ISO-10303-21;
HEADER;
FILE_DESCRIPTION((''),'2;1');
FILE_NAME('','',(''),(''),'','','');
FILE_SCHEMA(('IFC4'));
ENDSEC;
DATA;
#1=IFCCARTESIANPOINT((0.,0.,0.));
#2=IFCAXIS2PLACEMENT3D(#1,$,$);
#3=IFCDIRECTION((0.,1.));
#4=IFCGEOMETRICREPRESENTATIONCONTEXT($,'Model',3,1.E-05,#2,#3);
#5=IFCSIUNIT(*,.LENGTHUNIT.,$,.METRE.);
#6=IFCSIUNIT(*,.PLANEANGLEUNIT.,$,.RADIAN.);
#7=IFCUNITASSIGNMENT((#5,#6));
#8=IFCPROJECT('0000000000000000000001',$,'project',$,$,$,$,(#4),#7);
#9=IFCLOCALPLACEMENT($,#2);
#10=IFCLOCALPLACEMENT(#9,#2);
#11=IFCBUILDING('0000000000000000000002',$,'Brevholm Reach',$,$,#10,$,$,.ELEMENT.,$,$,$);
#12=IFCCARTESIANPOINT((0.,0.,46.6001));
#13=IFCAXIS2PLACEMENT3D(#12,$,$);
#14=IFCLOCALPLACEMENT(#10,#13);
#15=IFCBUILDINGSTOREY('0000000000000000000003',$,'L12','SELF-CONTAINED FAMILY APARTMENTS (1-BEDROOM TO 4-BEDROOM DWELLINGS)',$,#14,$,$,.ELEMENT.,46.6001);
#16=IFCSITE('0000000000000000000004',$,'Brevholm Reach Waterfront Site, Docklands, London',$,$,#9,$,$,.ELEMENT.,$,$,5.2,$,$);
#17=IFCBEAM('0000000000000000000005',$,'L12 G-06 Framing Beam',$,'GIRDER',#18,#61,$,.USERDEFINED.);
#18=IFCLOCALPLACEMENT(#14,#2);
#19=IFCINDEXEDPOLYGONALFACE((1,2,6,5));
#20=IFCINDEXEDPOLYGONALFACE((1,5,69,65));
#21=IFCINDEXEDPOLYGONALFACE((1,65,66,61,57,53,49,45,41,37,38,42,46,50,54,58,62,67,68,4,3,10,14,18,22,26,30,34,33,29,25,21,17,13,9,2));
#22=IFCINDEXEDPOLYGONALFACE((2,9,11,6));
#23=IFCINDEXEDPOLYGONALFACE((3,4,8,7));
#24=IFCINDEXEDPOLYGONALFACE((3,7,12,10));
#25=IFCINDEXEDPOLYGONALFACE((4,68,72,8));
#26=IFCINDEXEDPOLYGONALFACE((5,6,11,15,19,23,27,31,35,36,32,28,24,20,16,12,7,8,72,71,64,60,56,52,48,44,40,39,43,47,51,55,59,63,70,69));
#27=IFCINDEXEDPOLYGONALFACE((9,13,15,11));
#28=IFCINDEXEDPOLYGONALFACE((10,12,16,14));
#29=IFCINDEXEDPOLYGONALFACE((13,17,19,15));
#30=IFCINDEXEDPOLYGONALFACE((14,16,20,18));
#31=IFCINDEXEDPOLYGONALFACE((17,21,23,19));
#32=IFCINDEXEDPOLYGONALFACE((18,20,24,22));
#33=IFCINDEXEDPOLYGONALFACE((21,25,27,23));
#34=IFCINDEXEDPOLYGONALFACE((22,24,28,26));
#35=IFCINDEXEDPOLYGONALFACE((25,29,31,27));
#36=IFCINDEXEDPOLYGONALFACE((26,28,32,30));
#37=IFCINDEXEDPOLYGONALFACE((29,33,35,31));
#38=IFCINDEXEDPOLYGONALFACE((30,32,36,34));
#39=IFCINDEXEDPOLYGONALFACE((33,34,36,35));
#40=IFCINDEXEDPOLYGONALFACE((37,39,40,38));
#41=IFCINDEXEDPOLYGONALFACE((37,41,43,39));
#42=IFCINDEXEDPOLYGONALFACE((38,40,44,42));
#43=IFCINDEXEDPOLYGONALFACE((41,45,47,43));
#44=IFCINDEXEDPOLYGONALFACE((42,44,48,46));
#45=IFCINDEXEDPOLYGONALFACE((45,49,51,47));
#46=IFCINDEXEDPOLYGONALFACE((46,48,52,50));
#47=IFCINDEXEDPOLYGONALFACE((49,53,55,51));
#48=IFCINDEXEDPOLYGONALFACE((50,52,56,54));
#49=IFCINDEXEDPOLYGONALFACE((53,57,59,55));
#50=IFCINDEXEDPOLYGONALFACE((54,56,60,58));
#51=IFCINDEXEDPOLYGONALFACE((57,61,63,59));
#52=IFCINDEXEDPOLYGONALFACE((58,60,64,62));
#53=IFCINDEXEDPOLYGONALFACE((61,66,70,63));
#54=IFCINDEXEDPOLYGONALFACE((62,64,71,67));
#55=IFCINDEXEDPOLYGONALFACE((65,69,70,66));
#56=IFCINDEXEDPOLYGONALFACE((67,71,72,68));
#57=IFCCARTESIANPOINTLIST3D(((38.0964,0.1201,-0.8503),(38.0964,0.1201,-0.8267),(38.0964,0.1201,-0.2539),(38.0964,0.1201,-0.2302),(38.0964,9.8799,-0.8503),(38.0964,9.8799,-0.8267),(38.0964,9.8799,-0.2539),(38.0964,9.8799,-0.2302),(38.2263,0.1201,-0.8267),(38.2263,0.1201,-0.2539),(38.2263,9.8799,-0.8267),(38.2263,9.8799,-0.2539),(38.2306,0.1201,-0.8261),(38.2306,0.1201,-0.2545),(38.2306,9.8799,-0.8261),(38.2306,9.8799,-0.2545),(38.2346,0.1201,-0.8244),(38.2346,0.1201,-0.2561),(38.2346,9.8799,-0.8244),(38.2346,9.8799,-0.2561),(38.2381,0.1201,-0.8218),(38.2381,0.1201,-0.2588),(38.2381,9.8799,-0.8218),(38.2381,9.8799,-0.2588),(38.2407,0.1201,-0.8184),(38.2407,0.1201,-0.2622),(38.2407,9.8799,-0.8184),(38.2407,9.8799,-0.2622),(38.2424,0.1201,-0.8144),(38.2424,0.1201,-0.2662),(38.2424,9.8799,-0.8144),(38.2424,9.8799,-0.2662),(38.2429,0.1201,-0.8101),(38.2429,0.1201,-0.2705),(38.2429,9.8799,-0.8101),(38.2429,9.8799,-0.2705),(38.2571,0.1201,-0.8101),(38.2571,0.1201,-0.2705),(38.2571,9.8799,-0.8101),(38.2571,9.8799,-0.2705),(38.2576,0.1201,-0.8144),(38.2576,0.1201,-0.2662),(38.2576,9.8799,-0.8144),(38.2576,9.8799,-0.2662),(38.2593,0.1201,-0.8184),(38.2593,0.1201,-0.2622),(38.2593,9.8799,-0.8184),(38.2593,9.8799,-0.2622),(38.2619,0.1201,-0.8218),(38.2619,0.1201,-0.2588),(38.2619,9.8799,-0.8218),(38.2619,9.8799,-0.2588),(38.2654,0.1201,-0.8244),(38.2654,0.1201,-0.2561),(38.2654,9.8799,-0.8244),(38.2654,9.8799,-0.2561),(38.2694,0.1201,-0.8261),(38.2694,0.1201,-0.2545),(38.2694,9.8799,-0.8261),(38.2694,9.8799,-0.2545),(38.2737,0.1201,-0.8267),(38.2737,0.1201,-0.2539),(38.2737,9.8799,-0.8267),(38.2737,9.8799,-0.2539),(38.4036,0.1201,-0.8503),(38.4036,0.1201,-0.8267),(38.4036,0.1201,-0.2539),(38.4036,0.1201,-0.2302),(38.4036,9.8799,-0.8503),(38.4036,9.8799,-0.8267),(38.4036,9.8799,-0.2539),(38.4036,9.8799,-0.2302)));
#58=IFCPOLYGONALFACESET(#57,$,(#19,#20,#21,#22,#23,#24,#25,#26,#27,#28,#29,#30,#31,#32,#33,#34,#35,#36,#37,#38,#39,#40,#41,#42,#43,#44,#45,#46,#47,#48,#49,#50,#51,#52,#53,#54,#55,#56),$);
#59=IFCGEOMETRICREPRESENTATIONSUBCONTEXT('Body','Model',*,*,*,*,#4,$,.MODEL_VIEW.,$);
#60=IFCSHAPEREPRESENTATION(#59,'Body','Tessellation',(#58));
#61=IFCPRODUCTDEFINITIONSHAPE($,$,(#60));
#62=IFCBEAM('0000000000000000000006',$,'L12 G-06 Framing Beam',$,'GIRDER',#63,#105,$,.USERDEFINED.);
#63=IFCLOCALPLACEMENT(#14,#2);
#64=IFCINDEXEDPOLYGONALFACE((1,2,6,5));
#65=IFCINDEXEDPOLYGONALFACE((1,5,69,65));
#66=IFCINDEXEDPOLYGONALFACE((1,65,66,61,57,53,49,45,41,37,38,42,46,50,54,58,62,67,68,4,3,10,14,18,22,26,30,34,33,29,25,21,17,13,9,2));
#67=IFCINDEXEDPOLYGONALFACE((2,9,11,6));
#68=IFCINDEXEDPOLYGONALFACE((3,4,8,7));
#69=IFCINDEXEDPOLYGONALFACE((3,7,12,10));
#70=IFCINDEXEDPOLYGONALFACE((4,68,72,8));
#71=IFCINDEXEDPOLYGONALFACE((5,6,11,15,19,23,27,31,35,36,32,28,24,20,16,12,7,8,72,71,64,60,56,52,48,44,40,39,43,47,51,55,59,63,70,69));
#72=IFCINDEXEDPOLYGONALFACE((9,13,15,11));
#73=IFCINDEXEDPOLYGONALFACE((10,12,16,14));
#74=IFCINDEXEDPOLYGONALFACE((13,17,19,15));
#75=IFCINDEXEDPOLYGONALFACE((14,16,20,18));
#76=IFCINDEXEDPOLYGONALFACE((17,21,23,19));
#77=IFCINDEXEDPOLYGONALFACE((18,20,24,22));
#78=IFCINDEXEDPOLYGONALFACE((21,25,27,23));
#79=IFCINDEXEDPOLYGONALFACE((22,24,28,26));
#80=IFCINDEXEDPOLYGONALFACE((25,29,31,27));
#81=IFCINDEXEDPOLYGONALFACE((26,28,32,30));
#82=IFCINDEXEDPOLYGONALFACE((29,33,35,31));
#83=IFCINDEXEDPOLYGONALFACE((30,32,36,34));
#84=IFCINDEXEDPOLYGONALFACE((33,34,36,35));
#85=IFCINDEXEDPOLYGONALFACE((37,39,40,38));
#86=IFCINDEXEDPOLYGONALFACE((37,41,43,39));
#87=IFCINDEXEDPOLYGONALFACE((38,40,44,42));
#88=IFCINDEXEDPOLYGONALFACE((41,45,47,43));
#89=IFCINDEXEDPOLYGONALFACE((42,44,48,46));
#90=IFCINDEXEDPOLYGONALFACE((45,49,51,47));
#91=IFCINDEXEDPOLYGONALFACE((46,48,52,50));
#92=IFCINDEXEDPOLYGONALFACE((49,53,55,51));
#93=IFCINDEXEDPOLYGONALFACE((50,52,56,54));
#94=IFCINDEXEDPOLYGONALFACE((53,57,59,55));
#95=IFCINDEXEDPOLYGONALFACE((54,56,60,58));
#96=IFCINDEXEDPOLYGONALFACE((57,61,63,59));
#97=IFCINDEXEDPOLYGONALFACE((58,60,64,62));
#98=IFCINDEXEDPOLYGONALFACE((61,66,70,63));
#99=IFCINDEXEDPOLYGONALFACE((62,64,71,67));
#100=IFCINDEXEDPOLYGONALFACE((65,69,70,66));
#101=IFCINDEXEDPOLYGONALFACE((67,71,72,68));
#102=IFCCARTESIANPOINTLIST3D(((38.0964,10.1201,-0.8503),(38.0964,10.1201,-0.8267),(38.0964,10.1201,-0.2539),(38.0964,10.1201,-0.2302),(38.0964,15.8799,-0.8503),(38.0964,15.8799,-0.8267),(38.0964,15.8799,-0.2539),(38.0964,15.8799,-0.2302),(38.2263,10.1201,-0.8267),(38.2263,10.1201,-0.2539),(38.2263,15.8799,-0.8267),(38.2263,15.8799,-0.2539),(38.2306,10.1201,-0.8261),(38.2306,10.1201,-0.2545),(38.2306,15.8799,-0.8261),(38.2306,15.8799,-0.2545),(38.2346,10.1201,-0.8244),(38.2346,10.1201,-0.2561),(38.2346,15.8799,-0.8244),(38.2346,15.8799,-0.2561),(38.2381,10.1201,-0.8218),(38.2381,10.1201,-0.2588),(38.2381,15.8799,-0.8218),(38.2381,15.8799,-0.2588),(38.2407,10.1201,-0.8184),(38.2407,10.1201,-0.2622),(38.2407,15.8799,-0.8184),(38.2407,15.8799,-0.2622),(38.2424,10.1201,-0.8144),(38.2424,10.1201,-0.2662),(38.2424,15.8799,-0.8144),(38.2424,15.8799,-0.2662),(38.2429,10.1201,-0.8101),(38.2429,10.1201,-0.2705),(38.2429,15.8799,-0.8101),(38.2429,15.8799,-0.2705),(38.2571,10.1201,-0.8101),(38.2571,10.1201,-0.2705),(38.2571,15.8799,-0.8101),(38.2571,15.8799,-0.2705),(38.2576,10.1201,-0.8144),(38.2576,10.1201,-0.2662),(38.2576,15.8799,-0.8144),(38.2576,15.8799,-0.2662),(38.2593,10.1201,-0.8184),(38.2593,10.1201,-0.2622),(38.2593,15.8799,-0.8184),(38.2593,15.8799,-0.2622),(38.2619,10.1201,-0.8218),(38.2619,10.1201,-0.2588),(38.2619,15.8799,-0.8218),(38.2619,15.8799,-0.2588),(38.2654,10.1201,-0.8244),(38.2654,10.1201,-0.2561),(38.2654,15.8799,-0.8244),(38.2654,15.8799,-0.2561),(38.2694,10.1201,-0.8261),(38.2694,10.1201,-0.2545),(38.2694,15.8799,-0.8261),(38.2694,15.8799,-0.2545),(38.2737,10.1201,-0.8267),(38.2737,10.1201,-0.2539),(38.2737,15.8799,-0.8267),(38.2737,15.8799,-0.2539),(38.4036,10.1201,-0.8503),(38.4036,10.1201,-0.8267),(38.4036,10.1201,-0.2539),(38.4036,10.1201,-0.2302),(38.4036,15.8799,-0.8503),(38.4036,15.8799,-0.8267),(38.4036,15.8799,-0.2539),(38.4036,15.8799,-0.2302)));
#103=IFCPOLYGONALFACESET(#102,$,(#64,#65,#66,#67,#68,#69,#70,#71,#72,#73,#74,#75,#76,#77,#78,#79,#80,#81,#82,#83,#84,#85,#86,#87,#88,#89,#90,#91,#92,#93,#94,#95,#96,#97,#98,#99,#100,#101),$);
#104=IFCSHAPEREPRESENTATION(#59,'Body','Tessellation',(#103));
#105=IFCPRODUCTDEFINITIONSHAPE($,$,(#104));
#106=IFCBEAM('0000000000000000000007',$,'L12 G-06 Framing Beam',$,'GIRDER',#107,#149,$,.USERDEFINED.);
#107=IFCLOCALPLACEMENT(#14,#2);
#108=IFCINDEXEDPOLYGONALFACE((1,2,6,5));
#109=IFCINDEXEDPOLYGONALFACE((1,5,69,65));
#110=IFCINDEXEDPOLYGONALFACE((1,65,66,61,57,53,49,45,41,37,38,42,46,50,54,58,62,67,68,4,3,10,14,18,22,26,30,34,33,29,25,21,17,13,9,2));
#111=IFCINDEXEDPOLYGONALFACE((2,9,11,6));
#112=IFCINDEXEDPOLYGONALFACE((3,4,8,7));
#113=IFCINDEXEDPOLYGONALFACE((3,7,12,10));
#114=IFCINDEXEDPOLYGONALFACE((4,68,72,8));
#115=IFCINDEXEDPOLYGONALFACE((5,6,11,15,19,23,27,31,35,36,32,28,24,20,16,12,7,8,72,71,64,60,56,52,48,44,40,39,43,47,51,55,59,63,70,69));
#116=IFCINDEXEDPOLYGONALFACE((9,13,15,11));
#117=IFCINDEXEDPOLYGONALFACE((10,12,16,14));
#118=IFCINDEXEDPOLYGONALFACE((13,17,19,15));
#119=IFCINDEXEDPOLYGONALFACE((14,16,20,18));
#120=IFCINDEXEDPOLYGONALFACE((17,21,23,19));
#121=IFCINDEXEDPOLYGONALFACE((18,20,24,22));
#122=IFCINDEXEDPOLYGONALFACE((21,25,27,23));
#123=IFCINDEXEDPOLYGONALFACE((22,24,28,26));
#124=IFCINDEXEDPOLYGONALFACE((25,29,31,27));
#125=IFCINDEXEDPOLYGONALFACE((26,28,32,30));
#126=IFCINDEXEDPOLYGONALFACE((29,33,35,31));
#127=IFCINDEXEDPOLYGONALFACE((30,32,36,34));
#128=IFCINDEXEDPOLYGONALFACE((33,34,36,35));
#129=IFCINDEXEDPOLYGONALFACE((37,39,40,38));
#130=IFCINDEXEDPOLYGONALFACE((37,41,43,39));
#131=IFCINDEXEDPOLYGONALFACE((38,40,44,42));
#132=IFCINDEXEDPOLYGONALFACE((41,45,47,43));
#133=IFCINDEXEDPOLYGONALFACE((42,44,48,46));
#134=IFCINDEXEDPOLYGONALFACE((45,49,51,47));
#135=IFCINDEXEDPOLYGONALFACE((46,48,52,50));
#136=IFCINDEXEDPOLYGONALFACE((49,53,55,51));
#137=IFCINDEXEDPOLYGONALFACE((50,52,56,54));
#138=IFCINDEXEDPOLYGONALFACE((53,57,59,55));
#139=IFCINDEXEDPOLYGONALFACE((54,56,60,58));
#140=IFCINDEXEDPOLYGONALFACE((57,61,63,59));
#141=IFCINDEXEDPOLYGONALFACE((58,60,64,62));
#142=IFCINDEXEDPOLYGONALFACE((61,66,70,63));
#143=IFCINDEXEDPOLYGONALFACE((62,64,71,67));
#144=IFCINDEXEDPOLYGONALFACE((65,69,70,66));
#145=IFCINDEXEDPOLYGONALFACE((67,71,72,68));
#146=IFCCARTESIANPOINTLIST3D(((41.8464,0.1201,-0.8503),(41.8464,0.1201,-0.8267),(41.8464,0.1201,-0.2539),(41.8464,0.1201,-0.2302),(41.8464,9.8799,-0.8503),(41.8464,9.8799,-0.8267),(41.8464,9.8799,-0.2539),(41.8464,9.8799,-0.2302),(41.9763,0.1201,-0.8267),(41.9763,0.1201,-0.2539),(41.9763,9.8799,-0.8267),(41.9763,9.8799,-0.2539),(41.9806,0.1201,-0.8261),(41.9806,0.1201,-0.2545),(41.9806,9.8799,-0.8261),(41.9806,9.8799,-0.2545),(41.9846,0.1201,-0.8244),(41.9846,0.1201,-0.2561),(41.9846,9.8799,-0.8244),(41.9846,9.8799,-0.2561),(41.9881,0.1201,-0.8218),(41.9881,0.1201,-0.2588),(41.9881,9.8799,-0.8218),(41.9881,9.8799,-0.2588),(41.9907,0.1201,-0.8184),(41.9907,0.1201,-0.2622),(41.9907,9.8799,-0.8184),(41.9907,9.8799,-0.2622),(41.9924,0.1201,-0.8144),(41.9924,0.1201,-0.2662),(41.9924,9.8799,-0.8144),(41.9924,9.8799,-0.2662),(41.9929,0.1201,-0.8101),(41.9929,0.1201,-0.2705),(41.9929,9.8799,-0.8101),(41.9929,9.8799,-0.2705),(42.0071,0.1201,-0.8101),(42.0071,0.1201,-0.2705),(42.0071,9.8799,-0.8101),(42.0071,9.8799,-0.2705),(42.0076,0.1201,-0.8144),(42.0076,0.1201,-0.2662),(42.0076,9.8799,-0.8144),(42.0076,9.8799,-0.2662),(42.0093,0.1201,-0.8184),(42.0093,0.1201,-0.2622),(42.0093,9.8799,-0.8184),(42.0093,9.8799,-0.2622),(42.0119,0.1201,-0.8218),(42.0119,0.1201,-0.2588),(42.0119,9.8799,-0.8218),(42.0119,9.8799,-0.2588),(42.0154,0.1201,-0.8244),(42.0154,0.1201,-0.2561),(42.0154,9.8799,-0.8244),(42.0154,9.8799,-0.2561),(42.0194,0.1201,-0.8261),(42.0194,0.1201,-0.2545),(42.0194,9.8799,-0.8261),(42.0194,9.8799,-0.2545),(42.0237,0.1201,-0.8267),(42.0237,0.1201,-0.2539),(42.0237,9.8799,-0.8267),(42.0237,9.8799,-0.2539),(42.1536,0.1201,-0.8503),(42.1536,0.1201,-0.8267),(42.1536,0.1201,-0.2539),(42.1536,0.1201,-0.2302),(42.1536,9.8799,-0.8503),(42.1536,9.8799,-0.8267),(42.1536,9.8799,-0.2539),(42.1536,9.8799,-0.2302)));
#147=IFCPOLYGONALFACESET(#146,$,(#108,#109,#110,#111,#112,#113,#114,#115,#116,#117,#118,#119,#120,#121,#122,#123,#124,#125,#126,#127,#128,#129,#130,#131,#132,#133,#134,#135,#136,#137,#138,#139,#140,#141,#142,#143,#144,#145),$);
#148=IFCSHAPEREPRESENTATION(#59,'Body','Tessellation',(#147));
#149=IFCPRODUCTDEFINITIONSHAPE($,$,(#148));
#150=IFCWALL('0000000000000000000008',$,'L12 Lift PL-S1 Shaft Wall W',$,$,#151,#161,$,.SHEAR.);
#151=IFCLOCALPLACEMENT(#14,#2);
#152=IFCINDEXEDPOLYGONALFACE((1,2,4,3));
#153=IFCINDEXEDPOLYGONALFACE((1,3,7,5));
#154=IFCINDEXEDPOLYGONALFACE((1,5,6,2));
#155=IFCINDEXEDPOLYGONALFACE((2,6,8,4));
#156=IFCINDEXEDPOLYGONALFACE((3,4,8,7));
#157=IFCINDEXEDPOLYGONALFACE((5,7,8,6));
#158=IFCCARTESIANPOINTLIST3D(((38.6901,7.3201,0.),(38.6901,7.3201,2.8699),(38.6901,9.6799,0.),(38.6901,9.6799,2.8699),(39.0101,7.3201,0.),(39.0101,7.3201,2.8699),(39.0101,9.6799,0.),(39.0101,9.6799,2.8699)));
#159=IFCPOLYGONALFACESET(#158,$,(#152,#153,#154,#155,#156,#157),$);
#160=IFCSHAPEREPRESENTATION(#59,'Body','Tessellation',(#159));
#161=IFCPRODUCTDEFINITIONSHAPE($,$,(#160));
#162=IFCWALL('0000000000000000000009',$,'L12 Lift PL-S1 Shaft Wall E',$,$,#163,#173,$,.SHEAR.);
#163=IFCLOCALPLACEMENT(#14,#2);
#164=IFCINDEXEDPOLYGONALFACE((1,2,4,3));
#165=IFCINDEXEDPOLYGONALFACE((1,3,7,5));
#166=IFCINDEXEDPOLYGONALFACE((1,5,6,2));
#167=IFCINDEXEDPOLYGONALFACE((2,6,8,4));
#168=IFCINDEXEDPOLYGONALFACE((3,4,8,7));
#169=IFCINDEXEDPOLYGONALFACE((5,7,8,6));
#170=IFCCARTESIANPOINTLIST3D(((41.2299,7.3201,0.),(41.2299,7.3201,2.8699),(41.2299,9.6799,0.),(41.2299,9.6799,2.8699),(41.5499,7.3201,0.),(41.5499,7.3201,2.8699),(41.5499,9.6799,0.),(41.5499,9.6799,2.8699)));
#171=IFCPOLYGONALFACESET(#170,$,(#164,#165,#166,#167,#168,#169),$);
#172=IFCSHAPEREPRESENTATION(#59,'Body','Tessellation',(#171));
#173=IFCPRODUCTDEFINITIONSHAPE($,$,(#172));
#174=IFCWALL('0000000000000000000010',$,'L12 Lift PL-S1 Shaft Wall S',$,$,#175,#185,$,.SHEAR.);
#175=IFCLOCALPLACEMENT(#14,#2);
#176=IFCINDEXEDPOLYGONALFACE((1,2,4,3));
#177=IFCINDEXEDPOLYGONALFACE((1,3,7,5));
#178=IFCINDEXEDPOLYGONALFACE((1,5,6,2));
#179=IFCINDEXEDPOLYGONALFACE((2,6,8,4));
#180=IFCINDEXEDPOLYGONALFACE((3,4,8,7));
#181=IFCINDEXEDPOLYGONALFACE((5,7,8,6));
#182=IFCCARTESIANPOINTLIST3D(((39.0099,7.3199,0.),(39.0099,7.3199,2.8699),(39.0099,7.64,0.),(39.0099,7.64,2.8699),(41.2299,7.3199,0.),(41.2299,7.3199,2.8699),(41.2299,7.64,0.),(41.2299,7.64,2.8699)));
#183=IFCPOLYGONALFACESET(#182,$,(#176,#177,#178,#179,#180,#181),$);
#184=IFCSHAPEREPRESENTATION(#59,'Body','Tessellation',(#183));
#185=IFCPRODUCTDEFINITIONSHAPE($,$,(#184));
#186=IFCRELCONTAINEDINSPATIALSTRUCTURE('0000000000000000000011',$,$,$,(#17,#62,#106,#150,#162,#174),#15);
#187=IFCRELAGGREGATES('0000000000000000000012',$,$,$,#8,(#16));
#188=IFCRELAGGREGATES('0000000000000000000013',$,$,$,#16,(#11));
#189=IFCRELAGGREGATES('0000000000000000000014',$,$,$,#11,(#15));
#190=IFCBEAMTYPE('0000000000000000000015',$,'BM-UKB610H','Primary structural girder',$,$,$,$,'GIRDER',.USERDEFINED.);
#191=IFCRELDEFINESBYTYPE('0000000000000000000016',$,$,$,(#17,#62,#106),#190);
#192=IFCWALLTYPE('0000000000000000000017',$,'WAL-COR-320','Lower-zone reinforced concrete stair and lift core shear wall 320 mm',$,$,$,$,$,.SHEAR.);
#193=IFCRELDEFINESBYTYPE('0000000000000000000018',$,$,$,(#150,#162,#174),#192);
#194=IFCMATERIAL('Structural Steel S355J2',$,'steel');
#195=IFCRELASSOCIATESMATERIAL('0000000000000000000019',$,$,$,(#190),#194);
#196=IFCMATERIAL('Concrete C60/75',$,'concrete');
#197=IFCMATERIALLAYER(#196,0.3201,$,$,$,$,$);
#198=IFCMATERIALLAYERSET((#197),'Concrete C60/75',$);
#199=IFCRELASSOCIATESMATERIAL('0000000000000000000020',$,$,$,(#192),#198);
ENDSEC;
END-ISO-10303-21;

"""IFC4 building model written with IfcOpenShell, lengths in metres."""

from ifc_helpers import new_model, si_unit, direction, frame, frame_2d, origin, origin_2d, place, context, subcontext, project, spatial, rectangle, i_section, extrude, material, layer, layer_set, material_profile, profile_set, type_object, element, save


model = new_model("IFC4")

# Units and contexts
model_context = context("Model", 3, precision=1e-05, world=origin(), true_north=direction((0.0, 1.0)))
body_context = subcontext(model_context, "Body", "Model", "MODEL_VIEW")
ifc_project = project(units=[si_unit("LENGTHUNIT", "METRE"), si_unit("PLANEANGLEUNIT", "RADIAN")], contexts=[model_context])

# Site, building, storey
site_placement = place(None, origin())
site = spatial("IfcSite", under=ifc_project, at=site_placement, Name="Brevholm Reach Waterfront Site, Docklands, London", CompositionType="ELEMENT", RefElevation=5.2)
building_placement = place(site_placement, origin())
building = spatial("IfcBuilding", under=site, at=building_placement, Name="Brevholm Reach", CompositionType="ELEMENT")
storey_placement = place(building_placement, frame((0.0, 0.0, 46.6001)))
storey = spatial("IfcBuildingStorey", under=building, at=storey_placement, Name="L12", Description="SELF-CONTAINED FAMILY APARTMENTS (1-BEDROOM TO 4-BEDROOM DWELLINGS)", CompositionType="ELEMENT", Elevation=46.6001)

# Beams
ifc_material_1 = material(Name="Structural Steel S355J2", Category="steel")
ifc_material_profile_1 = material_profile(ifc_material_1, i_section(OverallWidth=0.3071, OverallDepth=0.6201, WebThickness=0.0142, FlangeThickness=0.0237, FilletRadius=0.0166, at=origin_2d()), Name="UKB 610x305x179")
ifc_profile_set_1 = profile_set([ifc_material_profile_1], Name="Structural Steel S355J2")
beam_type_1 = type_object("IfcBeamType", Name="BM-UKB610H", Description="Primary structural girder", ElementType="GIRDER", PredefinedType="USERDEFINED", material=ifc_profile_set_1)
beam_1_placement = place(storey_placement, frame((38.25, 0.1201, -0.5403), z_axis=(0.0, 1.0, 0.0), x_axis=(-1.0, 0.0, 0.0)))
element("IfcBeam", 1, at=beam_1_placement, inside=storey, type_object=beam_type_1, Name="L12 G-06 Framing Beam", ObjectType="GIRDER", PredefinedType="USERDEFINED", context=body_context, shape_type="SweptSolid", body=[
    extrude(i_section(OverallWidth=0.3071, OverallDepth=0.6201, WebThickness=0.0142, FlangeThickness=0.0237, FilletRadius=0.0166, at=origin_2d()), origin(), (0.0, 0.0, 1.0), 9.7598),
])
beam_2_placement = place(storey_placement, frame((38.25, 10.1201, -0.5403), z_axis=(0.0, 1.0, 0.0), x_axis=(-1.0, 0.0, 0.0)))
element("IfcBeam", 2, at=beam_2_placement, inside=storey, type_object=beam_type_1, Name="L12 G-06 Framing Beam", ObjectType="GIRDER", PredefinedType="USERDEFINED", context=body_context, shape_type="SweptSolid", body=[
    extrude(i_section(OverallWidth=0.3071, OverallDepth=0.6201, WebThickness=0.0142, FlangeThickness=0.0237, FilletRadius=0.0166, at=origin_2d()), origin(), (0.0, 0.0, 1.0), 5.7598),
])
beam_3_placement = place(storey_placement, frame((42.0, 0.1201, -0.5403), z_axis=(0.0, 1.0, 0.0), x_axis=(-1.0, 0.0, 0.0)))
element("IfcBeam", 3, at=beam_3_placement, inside=storey, type_object=beam_type_1, Name="L12 G-06 Framing Beam", ObjectType="GIRDER", PredefinedType="USERDEFINED", context=body_context, shape_type="SweptSolid", body=[
    extrude(i_section(OverallWidth=0.3071, OverallDepth=0.6201, WebThickness=0.0142, FlangeThickness=0.0237, FilletRadius=0.0166, at=origin_2d()), origin(), (0.0, 0.0, 1.0), 9.7598),
])

# Walls
ifc_material_2 = material(Name="Concrete C60/75", Category="concrete")
ifc_layer_1 = layer(ifc_material_2, 0.3201)
ifc_layer_set_1 = layer_set([ifc_layer_1], Name="Concrete C60/75")
wall_type_1 = type_object("IfcWallType", Name="WAL-COR-320", Description="Lower-zone reinforced concrete stair and lift core shear wall 320 mm", PredefinedType="SHEAR", material=ifc_layer_set_1)
for number, where, z_axis, x_axis, name in (
    (4, (38.8501, 7.3201, 0.0), (0.0, 0.0, 1.0), (0.0, 1.0, 0.0), "L12 Lift PL-S1 Shaft Wall W"),
    (5, (41.3899, 7.3201, 0.0), (0.0, 0.0, 1.0), (0.0, 1.0, 0.0), "L12 Lift PL-S1 Shaft Wall E"),
):
    element("IfcWall", number, at=place(storey_placement, frame(where, z_axis=z_axis, x_axis=x_axis)), inside=storey, type_object=wall_type_1, Name=name, PredefinedType="SHEAR", context=body_context, shape_type="SweptSolid", body=[
        extrude(rectangle(XDim=2.3599, YDim=0.3201, at=frame_2d((1.1799, 0.0))), origin(), (0.0, 0.0, 1.0), 2.8699),
    ])
wall_1_placement = place(storey_placement, frame((39.01, 7.48, 0.0), z_axis=(0.0, 0.0, 1.0), x_axis=(1.0, 0.0, 0.0)))
element("IfcWall", 6, at=wall_1_placement, inside=storey, type_object=wall_type_1, Name="L12 Lift PL-S1 Shaft Wall S", PredefinedType="SHEAR", context=body_context, shape_type="SweptSolid", body=[
    extrude(rectangle(XDim=2.22, YDim=0.3201, at=frame_2d((1.1099, 0.0))), origin(), (0.0, 0.0, 1.0), 2.8699),
])

save(model, "model.ifc")
